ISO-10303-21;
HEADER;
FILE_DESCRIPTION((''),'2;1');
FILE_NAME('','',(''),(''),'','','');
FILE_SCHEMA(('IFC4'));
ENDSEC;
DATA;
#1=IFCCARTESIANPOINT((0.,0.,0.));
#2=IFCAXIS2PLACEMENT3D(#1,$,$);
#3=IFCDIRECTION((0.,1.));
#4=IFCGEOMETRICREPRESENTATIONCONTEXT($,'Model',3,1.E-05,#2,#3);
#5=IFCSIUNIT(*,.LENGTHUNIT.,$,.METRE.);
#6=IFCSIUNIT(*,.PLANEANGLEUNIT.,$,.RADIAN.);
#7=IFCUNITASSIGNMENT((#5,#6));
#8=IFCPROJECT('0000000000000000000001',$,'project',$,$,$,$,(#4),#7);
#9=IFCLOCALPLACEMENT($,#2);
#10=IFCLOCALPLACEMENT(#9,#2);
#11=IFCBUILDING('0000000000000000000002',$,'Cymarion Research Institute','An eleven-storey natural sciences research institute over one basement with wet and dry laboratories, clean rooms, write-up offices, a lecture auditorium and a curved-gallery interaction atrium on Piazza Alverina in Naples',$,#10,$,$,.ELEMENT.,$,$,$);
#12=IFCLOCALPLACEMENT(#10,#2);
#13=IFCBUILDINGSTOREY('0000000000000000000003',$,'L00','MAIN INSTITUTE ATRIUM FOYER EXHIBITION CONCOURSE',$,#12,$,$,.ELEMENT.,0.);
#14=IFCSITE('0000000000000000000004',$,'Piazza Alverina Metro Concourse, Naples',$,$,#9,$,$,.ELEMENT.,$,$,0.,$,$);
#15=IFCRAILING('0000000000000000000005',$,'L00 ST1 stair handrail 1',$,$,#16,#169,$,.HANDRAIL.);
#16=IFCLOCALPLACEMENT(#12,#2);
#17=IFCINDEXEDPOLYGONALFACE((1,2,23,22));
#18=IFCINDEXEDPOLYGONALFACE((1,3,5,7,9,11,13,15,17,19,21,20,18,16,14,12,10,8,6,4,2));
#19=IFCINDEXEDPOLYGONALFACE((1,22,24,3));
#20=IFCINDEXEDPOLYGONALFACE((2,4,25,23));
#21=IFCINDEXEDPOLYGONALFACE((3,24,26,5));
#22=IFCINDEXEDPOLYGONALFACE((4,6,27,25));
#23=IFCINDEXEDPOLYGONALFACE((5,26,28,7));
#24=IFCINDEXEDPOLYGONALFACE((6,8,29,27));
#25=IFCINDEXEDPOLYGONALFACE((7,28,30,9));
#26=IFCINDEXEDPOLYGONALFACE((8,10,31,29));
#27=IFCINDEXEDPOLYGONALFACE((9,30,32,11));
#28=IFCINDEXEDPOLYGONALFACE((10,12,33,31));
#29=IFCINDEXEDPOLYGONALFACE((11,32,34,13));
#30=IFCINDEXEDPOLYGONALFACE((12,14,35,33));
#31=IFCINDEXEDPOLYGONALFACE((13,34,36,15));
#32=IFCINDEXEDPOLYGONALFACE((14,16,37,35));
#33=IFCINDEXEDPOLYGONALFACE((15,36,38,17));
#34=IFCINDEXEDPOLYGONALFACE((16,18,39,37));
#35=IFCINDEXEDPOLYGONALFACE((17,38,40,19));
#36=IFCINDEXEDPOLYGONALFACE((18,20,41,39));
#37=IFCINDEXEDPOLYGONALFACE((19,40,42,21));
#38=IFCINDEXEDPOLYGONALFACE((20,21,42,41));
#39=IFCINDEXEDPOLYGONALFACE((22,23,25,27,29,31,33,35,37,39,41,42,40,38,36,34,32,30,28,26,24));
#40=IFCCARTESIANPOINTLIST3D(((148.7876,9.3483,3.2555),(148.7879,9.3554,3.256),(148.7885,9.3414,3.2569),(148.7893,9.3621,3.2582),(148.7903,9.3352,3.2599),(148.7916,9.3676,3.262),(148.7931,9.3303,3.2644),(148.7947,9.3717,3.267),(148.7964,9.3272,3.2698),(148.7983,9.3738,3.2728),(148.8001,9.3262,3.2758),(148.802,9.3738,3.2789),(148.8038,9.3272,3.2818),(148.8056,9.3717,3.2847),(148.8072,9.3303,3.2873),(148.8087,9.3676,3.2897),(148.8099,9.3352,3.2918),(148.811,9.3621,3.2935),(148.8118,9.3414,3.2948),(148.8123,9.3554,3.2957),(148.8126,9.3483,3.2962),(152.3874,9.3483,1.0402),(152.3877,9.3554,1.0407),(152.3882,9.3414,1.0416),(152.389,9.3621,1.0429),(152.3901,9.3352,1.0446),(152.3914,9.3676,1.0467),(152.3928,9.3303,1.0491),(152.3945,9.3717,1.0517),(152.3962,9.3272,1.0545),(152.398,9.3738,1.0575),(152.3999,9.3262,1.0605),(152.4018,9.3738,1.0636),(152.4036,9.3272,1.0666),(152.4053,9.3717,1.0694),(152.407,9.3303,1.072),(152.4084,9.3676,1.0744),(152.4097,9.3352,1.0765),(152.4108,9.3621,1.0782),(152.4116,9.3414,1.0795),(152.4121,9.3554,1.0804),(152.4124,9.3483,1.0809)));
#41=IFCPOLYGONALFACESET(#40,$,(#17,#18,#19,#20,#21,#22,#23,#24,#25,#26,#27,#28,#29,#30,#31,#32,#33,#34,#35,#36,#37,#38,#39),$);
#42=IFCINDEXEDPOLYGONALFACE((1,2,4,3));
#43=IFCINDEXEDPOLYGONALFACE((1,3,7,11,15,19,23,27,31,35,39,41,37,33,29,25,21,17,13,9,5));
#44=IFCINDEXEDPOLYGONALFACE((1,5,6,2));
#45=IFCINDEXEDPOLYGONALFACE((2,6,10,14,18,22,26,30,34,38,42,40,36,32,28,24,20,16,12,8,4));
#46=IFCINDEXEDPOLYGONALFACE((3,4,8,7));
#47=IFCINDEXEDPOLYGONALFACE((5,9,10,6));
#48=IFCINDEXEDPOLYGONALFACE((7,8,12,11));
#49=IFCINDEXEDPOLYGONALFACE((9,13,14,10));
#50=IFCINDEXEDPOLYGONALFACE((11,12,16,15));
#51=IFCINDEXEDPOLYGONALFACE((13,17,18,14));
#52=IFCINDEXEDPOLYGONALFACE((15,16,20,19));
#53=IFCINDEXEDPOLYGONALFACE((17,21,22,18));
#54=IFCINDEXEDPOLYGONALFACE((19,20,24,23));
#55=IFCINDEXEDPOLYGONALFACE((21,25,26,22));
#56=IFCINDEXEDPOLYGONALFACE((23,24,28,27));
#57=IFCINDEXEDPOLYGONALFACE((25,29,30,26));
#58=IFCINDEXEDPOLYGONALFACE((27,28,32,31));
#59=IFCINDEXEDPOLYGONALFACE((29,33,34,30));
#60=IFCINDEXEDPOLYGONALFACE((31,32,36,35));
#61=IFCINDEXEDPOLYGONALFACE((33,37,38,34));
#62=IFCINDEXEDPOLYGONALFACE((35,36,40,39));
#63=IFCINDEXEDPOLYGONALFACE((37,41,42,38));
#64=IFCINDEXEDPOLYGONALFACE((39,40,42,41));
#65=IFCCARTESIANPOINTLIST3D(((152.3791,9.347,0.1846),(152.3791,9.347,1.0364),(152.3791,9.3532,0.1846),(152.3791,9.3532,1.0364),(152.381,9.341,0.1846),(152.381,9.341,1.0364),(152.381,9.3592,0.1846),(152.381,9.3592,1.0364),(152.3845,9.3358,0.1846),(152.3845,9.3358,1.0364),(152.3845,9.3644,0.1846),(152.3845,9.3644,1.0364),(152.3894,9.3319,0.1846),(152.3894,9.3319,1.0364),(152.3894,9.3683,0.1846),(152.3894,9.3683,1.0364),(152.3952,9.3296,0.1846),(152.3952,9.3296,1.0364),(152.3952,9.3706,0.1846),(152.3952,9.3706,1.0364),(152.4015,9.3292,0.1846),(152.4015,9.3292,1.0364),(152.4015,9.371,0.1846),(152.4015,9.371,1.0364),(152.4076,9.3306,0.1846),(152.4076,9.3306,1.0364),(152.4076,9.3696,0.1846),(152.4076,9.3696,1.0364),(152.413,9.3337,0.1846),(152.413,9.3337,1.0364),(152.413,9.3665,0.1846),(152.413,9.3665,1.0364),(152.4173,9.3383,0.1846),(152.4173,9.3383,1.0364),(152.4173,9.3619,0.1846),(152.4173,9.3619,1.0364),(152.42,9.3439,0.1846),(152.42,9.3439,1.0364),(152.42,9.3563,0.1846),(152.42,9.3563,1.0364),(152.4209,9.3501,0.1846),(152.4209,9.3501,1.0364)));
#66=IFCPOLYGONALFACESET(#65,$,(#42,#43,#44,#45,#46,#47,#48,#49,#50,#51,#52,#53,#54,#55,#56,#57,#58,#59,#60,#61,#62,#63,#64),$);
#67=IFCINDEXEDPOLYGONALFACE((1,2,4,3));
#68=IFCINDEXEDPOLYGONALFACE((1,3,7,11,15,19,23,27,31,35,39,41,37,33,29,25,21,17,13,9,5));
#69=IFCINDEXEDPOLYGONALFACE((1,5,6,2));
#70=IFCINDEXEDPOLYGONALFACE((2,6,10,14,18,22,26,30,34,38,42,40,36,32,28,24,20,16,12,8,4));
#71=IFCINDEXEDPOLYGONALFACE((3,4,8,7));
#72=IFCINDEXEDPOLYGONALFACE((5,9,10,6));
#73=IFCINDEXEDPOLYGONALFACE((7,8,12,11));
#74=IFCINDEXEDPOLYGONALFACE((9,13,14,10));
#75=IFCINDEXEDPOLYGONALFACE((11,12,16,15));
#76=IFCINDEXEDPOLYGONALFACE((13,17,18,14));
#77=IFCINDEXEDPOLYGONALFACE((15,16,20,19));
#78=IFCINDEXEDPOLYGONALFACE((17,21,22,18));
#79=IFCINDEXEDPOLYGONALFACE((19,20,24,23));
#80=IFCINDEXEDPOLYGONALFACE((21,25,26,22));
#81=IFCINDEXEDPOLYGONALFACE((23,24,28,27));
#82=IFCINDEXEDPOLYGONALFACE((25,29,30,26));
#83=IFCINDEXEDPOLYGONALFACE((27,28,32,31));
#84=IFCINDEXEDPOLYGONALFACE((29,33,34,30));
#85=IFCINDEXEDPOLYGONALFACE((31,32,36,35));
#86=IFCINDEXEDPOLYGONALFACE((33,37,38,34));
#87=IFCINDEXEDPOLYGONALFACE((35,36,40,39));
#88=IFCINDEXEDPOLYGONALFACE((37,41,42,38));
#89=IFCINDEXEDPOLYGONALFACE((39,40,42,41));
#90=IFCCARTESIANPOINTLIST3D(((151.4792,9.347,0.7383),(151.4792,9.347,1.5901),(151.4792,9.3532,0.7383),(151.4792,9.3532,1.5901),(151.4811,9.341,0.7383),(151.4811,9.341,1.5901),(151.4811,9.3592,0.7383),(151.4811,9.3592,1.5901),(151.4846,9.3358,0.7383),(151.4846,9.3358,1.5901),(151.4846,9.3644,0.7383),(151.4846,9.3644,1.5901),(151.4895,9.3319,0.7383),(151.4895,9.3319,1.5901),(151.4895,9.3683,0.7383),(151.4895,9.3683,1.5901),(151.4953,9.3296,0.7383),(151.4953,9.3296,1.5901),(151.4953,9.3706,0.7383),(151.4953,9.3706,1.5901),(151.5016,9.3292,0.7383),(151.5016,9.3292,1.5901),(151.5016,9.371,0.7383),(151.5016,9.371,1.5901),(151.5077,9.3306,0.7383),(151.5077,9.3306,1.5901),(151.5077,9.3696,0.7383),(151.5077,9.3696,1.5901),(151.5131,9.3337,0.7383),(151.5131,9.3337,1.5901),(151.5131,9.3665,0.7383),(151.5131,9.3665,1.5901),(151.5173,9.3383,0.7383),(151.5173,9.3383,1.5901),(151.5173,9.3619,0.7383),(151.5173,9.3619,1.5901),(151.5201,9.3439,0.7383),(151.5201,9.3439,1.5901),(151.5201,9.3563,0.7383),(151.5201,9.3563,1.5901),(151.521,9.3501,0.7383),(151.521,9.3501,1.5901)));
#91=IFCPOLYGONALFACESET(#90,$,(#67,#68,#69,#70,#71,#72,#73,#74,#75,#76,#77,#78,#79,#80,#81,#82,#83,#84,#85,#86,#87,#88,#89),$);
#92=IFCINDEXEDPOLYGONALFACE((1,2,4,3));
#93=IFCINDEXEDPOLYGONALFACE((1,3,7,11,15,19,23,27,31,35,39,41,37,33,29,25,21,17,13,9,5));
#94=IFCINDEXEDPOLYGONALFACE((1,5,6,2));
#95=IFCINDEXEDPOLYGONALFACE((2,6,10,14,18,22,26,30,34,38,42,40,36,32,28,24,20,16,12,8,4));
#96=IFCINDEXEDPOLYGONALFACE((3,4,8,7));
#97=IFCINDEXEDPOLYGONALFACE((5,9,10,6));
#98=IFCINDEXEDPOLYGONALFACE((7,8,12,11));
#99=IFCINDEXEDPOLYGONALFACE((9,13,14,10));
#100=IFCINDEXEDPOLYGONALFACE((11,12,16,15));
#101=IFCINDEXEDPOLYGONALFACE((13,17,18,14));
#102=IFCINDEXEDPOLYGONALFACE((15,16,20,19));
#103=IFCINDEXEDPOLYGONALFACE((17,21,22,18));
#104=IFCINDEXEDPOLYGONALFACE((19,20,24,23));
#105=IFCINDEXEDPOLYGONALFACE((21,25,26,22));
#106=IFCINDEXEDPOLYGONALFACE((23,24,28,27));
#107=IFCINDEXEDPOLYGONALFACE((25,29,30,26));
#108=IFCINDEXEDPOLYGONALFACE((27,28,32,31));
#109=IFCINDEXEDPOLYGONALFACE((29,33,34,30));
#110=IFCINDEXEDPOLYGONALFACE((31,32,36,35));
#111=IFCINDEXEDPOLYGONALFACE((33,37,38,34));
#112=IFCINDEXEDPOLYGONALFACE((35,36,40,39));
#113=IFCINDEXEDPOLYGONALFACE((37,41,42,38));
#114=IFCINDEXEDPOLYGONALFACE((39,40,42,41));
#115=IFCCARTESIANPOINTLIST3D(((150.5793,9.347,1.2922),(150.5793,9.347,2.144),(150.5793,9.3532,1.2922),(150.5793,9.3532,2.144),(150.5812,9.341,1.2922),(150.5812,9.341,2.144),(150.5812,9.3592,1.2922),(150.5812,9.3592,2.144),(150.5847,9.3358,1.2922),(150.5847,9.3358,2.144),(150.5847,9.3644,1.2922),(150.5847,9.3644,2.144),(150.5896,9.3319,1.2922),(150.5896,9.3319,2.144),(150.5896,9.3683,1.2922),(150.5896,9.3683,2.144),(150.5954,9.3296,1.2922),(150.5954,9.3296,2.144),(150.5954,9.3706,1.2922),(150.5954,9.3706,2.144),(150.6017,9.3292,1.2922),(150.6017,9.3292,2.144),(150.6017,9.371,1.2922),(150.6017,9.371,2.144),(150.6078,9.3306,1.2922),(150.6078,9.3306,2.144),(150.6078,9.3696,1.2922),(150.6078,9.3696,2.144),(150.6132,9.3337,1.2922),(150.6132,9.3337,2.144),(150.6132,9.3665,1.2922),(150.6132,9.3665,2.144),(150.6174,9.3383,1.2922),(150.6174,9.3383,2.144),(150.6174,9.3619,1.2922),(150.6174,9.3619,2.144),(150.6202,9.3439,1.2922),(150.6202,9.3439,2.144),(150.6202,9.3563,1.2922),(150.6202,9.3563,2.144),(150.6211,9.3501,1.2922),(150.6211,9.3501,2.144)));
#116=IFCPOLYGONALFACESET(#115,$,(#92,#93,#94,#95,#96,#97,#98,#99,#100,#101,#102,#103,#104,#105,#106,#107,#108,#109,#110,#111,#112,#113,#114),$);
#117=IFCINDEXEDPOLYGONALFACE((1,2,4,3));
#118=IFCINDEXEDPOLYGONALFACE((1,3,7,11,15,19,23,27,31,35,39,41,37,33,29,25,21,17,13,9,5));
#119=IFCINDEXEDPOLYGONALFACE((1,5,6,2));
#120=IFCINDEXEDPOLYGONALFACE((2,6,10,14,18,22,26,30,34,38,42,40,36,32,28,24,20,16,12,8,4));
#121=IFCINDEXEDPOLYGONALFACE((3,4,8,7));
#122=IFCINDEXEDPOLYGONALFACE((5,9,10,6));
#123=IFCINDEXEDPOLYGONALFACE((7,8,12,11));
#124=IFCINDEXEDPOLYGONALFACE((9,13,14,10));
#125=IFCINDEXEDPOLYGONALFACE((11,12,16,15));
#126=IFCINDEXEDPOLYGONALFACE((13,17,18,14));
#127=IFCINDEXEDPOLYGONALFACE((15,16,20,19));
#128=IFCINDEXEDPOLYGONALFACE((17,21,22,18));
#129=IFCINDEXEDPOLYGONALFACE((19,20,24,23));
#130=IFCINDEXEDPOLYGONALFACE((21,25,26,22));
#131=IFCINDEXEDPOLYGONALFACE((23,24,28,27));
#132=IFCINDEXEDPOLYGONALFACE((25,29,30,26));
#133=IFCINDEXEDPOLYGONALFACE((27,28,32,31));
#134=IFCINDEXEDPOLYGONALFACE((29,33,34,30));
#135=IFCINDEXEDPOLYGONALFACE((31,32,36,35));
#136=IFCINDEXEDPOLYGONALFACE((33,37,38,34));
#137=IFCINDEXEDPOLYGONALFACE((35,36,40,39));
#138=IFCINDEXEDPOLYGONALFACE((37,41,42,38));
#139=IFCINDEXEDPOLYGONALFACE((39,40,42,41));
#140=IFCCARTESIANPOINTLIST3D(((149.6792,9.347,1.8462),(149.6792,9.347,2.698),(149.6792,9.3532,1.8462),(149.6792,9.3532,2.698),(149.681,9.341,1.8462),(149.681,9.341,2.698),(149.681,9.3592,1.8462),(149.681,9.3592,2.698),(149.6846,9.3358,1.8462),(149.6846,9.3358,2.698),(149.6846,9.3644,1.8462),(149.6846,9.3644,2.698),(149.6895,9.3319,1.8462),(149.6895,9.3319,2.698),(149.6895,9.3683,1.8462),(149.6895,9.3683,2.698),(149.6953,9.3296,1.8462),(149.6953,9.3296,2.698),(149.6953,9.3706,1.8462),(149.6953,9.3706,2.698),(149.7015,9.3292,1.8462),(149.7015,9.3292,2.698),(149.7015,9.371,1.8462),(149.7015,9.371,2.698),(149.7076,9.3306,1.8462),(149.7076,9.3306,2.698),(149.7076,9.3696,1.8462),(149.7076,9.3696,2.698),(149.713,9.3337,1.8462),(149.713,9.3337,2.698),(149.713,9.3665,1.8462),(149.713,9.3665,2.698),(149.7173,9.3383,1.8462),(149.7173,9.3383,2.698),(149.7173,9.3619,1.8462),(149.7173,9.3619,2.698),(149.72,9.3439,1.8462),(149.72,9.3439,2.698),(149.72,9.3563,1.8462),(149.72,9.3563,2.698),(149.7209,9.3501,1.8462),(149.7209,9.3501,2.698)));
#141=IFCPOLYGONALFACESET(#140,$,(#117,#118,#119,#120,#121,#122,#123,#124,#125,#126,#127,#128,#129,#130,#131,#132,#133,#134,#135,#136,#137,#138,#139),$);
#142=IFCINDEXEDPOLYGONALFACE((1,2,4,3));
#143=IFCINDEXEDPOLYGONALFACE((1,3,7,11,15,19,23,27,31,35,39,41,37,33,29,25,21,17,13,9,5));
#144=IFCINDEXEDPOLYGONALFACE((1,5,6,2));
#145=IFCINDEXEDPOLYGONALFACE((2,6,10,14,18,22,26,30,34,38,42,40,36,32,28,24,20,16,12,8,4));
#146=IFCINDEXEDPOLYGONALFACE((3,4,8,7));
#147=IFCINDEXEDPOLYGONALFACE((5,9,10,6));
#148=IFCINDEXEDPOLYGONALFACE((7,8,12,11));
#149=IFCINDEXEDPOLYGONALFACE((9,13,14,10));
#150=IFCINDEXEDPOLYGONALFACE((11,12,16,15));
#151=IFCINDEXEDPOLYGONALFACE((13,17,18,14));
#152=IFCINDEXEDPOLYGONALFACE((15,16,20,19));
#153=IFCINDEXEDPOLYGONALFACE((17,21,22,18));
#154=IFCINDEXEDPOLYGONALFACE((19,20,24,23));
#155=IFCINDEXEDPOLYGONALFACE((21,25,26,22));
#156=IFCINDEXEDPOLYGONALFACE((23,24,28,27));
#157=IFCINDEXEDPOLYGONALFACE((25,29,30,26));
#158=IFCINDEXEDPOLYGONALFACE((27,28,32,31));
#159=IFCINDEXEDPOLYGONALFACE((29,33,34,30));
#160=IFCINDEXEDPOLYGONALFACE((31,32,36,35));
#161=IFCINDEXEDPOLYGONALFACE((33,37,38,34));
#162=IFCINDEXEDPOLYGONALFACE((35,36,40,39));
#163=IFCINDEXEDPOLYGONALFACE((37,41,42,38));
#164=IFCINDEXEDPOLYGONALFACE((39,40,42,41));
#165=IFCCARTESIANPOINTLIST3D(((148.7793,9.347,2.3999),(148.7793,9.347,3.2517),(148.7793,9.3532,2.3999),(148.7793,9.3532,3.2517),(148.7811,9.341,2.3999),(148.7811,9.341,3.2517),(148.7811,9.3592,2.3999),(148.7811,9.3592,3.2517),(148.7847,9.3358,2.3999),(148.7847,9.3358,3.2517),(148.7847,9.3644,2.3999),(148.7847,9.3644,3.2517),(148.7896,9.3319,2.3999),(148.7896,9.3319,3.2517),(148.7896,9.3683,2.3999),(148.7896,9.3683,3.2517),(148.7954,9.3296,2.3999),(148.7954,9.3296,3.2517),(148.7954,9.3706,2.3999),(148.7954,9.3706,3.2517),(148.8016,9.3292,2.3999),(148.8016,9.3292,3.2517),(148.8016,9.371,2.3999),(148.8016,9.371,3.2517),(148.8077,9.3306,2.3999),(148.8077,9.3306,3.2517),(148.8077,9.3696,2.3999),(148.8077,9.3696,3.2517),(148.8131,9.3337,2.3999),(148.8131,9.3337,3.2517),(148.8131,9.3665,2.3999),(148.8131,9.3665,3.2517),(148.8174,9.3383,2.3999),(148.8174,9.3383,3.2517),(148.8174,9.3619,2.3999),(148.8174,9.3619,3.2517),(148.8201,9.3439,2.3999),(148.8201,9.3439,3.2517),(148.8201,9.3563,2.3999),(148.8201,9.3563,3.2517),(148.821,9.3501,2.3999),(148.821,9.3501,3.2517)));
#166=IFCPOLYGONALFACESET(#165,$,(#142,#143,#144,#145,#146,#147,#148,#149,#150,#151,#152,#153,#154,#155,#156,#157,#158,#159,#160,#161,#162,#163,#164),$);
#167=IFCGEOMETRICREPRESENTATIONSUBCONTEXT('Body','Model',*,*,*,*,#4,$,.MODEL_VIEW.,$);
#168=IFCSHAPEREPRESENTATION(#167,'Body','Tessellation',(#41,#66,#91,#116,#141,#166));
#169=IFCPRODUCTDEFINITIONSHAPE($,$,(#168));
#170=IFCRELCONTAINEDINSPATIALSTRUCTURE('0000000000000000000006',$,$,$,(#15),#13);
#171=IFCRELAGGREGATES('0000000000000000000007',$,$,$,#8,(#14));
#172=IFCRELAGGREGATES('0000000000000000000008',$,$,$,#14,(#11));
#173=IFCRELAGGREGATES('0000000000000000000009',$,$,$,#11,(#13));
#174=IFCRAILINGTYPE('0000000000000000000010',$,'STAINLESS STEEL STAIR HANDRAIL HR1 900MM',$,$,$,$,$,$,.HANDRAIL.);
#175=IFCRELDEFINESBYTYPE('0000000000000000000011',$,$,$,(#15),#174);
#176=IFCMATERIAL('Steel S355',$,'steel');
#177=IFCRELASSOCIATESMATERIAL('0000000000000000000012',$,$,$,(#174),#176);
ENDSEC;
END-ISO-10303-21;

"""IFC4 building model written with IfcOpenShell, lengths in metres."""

from ifc_helpers import new_model, si_unit, direction, frame, origin, origin_2d, place, context, subcontext, project, spatial, circle, extrude, material, type_object, element, save


model = new_model("IFC4")

# Units and contexts
model_context = context("Model", 3, precision=1e-05, world=origin(), true_north=direction((0.0, 1.0)))
body_context = subcontext(model_context, "Body", "Model", "MODEL_VIEW")
ifc_project = project(units=[si_unit("LENGTHUNIT", "METRE"), si_unit("PLANEANGLEUNIT", "RADIAN")], contexts=[model_context])

# Site, building, storey
site_placement = place(None, origin())
site = spatial("IfcSite", under=ifc_project, at=site_placement, Name="Piazza Alverina Metro Concourse, Naples", CompositionType="ELEMENT", RefElevation=0.0)
building_placement = place(site_placement, origin())
building = spatial("IfcBuilding", under=site, at=building_placement, Name="Cymarion Research Institute", Description="An eleven-storey natural sciences research institute over one basement with wet and dry laboratories, clean rooms, write-up offices, a lecture auditorium and a curved-gallery interaction atrium on Piazza Alverina in Naples", CompositionType="ELEMENT")
storey_placement = place(building_placement, origin())
storey = spatial("IfcBuildingStorey", under=building, at=storey_placement, Name="L00", Description="MAIN INSTITUTE ATRIUM FOYER EXHIBITION CONCOURSE", CompositionType="ELEMENT", Elevation=0.0)

# Shared definitions
ifc_material_1 = material(Name="Steel S355", Category="steel")

# Railing
railing_type_1 = type_object("IfcRailingType", Name="STAINLESS STEEL STAIR HANDRAIL HR1 900MM", PredefinedType="HANDRAIL", material=ifc_material_1)
railing_1_placement = place(storey_placement, frame((152.3999, 9.3501, 0.1846)))
element("IfcRailing", 1, at=railing_1_placement, inside=storey, type_object=railing_type_1, Name="L00 ST1 stair handrail 1", PredefinedType="HANDRAIL", context=body_context, shape_type="SweptSolid", body=[
    extrude(circle(Radius=0.0239, at=origin_2d()), frame((0.0, 0.0, 0.876), z_axis=(-0.851654, 0.0, 0.524104), x_axis=(0.0, -1.0, 0.0)), (0.0, 0.0, 1.0), 4.2268),
    extrude(circle(Radius=0.021, at=origin_2d()), origin(), (0.0, 0.0, 1.0), 0.8518),
    extrude(circle(Radius=0.021, at=origin_2d()), frame((-0.8999, 0.0, 0.5537)), (0.0, 0.0, 1.0), 0.8518),
    extrude(circle(Radius=0.021, at=origin_2d()), frame((-1.7998, 0.0, 1.1077)), (0.0, 0.0, 1.0), 0.8518),
    extrude(circle(Radius=0.021, at=origin_2d()), frame((-2.7, 0.0, 1.6616)), (0.0, 0.0, 1.0), 0.8518),
    extrude(circle(Radius=0.021, at=origin_2d()), frame((-3.5999, 0.0, 2.2153)), (0.0, 0.0, 1.0), 0.8518),
])

save(model, "model.ifc")
